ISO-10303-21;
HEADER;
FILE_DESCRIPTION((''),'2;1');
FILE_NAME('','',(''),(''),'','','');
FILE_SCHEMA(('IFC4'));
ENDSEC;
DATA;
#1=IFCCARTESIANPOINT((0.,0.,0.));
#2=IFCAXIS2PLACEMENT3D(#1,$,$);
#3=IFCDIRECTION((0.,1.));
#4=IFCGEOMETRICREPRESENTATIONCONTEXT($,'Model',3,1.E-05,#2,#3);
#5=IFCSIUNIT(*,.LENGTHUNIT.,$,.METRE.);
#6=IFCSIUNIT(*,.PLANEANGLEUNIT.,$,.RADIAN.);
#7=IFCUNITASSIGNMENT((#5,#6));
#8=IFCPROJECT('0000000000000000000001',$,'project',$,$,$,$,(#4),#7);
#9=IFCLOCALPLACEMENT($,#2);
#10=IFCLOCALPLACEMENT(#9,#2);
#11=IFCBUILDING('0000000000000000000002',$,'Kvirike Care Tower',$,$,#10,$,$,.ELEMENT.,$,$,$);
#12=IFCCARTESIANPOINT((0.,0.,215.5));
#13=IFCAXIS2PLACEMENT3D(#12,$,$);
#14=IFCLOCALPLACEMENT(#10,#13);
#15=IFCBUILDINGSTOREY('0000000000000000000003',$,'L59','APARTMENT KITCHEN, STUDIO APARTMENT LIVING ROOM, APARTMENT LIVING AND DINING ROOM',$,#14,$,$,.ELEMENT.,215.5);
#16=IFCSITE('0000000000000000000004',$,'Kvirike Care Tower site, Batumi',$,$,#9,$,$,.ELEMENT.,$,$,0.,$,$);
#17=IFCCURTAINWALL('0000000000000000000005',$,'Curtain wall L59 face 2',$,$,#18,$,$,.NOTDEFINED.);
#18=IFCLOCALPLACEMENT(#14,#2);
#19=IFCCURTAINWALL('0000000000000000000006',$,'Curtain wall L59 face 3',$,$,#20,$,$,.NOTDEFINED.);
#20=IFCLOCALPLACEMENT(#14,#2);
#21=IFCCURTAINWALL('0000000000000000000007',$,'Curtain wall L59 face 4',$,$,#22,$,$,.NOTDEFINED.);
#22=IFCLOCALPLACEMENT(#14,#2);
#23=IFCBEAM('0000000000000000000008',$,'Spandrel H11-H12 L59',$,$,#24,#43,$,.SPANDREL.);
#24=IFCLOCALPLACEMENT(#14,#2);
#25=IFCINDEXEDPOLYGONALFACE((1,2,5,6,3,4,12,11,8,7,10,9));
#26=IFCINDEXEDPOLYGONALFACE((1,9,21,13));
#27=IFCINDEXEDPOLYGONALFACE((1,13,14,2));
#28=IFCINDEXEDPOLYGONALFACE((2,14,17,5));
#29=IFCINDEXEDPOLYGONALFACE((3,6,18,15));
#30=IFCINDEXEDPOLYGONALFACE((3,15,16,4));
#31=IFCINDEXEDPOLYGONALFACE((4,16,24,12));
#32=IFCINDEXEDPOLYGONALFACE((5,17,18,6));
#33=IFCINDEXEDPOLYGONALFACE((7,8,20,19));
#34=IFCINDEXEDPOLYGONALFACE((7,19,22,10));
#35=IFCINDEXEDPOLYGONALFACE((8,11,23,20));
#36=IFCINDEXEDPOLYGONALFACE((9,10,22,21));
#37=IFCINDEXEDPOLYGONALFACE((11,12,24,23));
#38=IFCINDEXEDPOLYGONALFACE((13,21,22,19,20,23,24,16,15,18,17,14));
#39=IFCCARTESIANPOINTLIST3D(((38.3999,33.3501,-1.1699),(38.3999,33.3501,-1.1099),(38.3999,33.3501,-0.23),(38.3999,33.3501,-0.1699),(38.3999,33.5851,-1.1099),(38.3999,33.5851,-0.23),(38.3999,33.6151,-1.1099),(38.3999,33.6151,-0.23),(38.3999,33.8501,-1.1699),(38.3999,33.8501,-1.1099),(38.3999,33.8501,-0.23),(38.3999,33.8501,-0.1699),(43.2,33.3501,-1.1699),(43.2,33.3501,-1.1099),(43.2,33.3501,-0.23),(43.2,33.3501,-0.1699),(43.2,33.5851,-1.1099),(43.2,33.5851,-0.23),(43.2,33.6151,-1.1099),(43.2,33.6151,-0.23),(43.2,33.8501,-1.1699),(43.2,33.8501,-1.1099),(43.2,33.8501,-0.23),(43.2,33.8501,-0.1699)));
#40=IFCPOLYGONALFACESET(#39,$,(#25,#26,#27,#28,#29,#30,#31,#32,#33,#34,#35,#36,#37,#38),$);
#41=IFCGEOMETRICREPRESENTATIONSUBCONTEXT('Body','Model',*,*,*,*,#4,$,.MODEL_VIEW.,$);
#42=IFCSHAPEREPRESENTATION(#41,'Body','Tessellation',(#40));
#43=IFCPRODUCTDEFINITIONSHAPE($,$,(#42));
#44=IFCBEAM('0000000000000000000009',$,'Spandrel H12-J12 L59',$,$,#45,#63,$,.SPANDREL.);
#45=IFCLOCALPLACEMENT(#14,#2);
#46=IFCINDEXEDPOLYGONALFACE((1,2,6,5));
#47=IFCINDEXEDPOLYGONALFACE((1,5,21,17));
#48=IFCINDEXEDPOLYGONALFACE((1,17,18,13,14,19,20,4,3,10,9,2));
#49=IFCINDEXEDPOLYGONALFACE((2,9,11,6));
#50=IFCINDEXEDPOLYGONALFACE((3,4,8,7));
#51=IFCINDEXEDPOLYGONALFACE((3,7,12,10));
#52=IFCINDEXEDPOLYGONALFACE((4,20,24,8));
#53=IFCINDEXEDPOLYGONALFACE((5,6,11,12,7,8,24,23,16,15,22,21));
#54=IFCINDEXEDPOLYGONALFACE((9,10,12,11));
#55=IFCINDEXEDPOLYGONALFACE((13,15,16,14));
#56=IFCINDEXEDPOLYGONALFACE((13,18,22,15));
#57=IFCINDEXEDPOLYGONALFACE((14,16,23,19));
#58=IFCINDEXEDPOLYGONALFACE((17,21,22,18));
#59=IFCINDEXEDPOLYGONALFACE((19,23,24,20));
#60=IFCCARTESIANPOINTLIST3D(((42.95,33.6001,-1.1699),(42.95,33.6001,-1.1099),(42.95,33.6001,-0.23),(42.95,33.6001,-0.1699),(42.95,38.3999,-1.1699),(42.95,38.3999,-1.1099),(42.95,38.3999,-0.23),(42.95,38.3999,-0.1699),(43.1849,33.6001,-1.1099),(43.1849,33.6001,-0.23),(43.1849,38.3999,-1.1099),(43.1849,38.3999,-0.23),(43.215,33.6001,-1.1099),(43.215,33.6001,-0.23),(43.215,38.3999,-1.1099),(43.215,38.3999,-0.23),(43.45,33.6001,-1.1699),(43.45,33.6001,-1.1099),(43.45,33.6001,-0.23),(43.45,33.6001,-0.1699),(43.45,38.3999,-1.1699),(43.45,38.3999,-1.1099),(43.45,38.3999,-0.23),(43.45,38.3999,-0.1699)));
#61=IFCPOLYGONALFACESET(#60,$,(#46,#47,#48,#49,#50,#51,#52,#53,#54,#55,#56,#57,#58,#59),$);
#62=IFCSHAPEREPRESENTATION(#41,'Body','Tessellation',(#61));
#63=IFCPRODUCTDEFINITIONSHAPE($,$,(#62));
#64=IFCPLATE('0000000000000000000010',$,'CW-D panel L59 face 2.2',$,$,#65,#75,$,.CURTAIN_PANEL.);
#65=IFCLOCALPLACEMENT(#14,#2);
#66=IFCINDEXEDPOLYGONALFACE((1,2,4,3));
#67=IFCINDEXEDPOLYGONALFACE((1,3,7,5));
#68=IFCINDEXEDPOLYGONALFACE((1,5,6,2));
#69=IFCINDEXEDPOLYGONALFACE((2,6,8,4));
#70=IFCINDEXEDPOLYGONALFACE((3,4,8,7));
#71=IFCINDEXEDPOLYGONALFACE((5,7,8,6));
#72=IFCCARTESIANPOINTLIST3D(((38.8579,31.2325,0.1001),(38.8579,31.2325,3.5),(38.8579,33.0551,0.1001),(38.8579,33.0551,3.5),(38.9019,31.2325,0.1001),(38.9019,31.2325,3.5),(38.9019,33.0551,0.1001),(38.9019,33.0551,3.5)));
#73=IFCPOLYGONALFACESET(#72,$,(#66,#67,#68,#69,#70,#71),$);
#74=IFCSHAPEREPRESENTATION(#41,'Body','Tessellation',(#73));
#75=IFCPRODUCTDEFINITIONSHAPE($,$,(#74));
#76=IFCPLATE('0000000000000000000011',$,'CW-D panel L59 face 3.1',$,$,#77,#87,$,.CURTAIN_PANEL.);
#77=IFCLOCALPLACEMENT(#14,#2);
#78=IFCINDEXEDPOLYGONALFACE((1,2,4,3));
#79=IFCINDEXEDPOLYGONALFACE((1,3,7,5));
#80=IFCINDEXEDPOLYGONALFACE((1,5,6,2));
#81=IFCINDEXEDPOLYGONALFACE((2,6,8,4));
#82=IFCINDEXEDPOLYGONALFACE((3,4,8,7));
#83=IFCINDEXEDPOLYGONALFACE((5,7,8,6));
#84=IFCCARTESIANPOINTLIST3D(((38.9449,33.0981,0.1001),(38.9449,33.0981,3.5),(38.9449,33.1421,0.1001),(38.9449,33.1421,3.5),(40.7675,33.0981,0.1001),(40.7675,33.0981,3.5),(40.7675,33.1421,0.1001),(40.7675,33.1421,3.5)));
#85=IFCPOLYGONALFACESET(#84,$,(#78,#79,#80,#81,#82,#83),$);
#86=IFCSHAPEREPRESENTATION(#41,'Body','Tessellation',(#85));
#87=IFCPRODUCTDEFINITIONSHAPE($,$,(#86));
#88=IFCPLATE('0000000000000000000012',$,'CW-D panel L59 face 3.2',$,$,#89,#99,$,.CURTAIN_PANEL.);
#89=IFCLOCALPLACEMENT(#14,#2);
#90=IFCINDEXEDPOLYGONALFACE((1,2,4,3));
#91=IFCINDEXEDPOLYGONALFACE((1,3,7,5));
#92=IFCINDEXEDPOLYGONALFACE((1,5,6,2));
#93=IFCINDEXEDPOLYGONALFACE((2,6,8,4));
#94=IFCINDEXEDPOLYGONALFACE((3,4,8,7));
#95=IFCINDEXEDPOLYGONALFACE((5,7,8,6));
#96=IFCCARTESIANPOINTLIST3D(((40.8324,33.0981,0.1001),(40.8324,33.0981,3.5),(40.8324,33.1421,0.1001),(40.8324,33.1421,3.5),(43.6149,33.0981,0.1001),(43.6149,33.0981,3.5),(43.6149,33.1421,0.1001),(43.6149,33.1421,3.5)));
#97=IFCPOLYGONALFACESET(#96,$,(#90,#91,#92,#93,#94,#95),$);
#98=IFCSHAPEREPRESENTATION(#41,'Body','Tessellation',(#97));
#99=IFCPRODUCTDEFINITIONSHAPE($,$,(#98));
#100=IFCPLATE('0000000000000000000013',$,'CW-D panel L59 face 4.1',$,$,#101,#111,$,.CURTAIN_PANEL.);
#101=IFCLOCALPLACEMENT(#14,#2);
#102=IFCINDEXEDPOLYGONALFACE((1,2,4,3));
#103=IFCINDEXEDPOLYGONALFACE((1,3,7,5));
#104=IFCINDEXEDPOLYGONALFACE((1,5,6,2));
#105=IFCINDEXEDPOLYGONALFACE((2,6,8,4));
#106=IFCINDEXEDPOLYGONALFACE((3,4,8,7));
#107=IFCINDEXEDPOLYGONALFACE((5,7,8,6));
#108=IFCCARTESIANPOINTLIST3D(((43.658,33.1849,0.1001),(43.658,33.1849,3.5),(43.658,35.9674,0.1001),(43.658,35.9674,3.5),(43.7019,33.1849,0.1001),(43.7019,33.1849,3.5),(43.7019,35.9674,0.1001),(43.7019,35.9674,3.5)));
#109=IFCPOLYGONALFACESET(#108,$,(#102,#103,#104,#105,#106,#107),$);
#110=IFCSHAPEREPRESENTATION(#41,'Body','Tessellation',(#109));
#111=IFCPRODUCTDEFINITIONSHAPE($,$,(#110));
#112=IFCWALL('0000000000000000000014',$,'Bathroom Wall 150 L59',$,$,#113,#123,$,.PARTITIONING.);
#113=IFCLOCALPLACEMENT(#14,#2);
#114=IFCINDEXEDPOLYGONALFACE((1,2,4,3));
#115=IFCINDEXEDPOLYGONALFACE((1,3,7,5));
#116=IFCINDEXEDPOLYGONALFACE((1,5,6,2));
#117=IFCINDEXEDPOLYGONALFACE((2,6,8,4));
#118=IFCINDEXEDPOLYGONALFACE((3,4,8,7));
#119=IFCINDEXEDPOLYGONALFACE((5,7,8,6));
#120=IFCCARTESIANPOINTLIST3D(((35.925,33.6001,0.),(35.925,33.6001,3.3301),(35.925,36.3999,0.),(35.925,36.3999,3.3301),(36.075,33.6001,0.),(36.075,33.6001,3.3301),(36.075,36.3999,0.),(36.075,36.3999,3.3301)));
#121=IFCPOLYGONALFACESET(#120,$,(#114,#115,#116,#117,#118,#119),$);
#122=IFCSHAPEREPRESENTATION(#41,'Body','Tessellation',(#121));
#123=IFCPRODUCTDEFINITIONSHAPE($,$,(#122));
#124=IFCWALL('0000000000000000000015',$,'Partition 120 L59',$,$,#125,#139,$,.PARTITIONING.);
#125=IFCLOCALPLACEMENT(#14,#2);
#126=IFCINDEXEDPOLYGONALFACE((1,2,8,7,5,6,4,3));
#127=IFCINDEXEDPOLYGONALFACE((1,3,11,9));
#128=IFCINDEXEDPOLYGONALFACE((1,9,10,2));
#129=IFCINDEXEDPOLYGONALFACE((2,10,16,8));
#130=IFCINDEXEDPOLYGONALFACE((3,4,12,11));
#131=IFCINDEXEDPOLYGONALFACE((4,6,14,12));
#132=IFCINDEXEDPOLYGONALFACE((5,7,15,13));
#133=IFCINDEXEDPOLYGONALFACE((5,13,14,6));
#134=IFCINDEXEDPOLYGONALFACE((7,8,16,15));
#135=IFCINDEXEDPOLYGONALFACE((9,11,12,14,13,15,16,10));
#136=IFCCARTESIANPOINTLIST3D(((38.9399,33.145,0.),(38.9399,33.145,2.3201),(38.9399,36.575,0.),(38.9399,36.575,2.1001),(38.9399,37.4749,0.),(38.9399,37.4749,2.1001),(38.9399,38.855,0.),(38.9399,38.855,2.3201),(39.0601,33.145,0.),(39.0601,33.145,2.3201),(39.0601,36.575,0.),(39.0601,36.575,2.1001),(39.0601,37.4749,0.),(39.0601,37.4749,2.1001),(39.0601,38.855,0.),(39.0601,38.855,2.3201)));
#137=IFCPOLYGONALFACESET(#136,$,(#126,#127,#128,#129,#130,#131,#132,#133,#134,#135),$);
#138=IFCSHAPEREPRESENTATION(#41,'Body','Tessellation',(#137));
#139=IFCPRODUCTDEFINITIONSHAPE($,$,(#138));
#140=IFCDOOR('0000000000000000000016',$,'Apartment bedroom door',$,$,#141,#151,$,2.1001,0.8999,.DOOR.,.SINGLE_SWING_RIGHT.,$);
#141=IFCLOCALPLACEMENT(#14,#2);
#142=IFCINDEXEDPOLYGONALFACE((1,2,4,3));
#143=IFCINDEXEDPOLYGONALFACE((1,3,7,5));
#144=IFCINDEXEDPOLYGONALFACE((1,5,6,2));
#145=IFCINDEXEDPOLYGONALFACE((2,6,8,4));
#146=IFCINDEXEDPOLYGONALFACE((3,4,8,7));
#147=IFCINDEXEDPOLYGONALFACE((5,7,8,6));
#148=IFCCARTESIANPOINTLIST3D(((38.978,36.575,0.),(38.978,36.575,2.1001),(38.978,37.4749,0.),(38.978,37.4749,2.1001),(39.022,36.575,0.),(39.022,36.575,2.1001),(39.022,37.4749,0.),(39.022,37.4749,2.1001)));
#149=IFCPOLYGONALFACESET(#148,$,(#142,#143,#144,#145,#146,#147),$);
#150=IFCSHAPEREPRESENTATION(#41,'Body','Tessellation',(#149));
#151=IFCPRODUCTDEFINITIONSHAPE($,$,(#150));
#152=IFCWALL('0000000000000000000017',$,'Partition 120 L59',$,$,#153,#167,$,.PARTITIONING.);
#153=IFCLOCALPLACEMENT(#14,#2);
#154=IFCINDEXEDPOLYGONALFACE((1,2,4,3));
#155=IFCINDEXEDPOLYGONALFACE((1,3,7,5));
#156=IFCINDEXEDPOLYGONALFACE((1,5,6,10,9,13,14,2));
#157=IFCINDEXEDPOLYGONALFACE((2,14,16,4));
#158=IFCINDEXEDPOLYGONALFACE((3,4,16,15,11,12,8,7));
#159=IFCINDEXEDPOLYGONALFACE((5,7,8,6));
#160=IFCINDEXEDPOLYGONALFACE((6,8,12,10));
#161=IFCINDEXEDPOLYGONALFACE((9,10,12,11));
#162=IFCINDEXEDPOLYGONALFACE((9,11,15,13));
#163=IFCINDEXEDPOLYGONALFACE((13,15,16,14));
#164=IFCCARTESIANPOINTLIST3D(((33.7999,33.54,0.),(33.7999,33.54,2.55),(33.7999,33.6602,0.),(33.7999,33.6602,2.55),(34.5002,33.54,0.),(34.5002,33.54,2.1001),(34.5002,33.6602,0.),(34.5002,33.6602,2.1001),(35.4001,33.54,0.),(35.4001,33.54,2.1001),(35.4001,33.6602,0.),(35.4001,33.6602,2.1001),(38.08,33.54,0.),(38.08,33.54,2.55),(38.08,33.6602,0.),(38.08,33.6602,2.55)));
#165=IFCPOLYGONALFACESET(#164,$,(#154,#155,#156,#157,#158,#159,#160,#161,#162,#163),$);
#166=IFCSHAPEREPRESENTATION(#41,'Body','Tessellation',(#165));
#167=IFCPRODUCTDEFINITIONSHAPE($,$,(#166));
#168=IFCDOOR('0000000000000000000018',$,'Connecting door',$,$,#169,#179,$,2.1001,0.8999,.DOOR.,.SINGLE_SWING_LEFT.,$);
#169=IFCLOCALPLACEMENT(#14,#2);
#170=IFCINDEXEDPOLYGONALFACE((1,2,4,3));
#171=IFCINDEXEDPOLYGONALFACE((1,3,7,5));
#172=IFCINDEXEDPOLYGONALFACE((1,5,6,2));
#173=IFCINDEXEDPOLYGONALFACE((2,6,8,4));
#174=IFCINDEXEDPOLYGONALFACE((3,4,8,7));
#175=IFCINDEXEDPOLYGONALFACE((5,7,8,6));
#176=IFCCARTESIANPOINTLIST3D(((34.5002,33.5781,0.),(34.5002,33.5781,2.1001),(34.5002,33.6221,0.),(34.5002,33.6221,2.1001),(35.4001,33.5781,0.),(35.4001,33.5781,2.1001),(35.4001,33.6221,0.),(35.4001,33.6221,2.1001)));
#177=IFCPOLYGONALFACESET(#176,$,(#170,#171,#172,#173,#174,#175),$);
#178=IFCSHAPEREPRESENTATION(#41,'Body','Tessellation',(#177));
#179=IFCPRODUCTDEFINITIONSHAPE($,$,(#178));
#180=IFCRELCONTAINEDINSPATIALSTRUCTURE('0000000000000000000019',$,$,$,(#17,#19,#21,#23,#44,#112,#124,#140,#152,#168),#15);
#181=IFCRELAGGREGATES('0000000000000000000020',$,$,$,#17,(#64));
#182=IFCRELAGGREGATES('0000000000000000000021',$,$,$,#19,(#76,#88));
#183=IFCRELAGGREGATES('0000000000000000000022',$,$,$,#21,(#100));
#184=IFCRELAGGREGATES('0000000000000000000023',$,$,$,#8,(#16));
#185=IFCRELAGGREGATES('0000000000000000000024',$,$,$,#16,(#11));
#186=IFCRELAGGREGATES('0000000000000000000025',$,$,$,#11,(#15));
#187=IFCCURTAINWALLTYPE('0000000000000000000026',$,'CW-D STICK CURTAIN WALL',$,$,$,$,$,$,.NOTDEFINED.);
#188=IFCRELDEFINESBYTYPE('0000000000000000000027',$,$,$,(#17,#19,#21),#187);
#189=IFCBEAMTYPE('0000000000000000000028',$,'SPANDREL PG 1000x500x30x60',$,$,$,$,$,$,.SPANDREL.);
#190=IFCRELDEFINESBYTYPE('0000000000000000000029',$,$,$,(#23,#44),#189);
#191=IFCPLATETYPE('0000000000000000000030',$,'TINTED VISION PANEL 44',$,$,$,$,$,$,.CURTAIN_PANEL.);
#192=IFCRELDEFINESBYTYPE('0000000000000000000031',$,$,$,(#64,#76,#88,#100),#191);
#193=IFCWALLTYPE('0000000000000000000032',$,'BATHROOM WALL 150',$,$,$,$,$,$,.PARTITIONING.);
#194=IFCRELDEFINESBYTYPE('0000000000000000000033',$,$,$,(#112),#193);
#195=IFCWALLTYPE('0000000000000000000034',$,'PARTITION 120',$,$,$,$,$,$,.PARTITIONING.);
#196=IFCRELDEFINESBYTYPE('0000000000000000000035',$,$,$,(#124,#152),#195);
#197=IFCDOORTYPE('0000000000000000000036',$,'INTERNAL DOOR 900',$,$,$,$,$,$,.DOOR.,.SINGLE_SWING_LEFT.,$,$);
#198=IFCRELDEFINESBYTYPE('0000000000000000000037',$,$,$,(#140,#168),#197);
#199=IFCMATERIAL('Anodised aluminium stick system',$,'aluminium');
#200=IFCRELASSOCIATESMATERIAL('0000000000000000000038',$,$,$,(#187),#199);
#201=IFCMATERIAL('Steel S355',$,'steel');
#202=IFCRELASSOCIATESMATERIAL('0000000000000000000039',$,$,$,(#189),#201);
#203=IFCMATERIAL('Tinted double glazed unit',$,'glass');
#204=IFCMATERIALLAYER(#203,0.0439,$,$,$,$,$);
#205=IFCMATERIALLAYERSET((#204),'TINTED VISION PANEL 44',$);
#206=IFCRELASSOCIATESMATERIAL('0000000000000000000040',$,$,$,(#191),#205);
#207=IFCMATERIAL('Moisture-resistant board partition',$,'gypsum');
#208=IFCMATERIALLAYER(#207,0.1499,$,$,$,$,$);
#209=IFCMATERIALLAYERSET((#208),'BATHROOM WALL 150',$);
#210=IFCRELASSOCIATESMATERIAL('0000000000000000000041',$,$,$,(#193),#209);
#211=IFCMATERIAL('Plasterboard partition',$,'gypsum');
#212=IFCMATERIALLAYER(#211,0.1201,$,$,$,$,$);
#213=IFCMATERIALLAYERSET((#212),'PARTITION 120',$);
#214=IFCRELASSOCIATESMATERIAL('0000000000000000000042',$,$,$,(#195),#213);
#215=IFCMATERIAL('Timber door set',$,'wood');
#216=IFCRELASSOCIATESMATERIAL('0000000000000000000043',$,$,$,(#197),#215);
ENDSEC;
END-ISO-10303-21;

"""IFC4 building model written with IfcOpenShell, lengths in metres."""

from ifc_helpers import new_model, si_unit, direction, frame, frame_2d, origin, origin_2d, place, context, subcontext, project, spatial, rectangle, i_section, extrude, material, layer, layer_set, material_profile, profile_set, type_object, element, fill, aggregate, save


model = new_model("IFC4")

# Units and contexts
model_context = context("Model", 3, precision=1e-05, world=origin(), true_north=direction((0.0, 1.0)))
body_context = subcontext(model_context, "Body", "Model", "MODEL_VIEW")
ifc_project = project(units=[si_unit("LENGTHUNIT", "METRE"), si_unit("PLANEANGLEUNIT", "RADIAN")], contexts=[model_context])

# Site, building, storey
site_placement = place(None, origin())
site = spatial("IfcSite", under=ifc_project, at=site_placement, Name="Kvirike Care Tower site, Batumi", CompositionType="ELEMENT", RefElevation=0.0)
building_placement = place(site_placement, origin())
building = spatial("IfcBuilding", under=site, at=building_placement, Name="Kvirike Care Tower", CompositionType="ELEMENT")
storey_placement = place(building_placement, frame((0.0, 0.0, 215.5)))
storey = spatial("IfcBuildingStorey", under=building, at=storey_placement, Name="L59", Description="APARTMENT KITCHEN, STUDIO APARTMENT LIVING ROOM, APARTMENT LIVING AND DINING ROOM", CompositionType="ELEMENT", Elevation=215.5)

# Curtain wall
ifc_material_1 = material(Name="Anodised aluminium stick system", Category="aluminium")
curtain_wall_type = type_object("IfcCurtainWallType", Name="CW-D STICK CURTAIN WALL", PredefinedType="NOTDEFINED", material=ifc_material_1)
curtain_wall_1_placement = place(storey_placement, origin())
curtain_wall_1 = element("IfcCurtainWall", 1, at=curtain_wall_1_placement, inside=storey, type_object=curtain_wall_type, Name="Curtain wall L59 face 2", PredefinedType="NOTDEFINED")

# Curtain walls
curtain_wall_2_placement = place(storey_placement, origin())
curtain_wall_2 = element("IfcCurtainWall", 2, at=curtain_wall_2_placement, inside=storey, type_object=curtain_wall_type, Name="Curtain wall L59 face 3", PredefinedType="NOTDEFINED")
curtain_wall_3_placement = place(storey_placement, origin())
curtain_wall_3 = element("IfcCurtainWall", 3, at=curtain_wall_3_placement, inside=storey, type_object=curtain_wall_type, Name="Curtain wall L59 face 4", PredefinedType="NOTDEFINED")

# Beams
ifc_material_2 = material(Name="Steel S355", Category="steel")
ifc_material_profile_1 = material_profile(ifc_material_2, i_section(OverallWidth=0.5, OverallDepth=1.0, WebThickness=0.03, FlangeThickness=0.0601, at=origin_2d()), Name="PG 1000x500x30x60")
ifc_profile_set_1 = profile_set([ifc_material_profile_1], Name="Steel S355")
beam_type = type_object("IfcBeamType", Name="SPANDREL PG 1000x500x30x60", PredefinedType="SPANDREL", material=ifc_profile_set_1)
beam_1_placement = place(storey_placement, frame((38.3999, 33.6001, -0.6699), z_axis=(1.0, 0.0, 0.0), x_axis=(0.0, 1.0, 0.0)))
element("IfcBeam", 4, at=beam_1_placement, inside=storey, type_object=beam_type, Name="Spandrel H11-H12 L59", PredefinedType="SPANDREL", context=body_context, shape_type="SweptSolid", body=[
    extrude(i_section(OverallWidth=0.5, OverallDepth=1.0, WebThickness=0.03, FlangeThickness=0.0601, at=origin_2d()), origin(), (0.0, 0.0, 1.0), 4.8),
])
beam_2_placement = place(storey_placement, frame((43.2, 33.6001, -0.6699), z_axis=(0.0, 1.0, 0.0), x_axis=(-1.0, 0.0, 0.0)))
element("IfcBeam", 5, at=beam_2_placement, inside=storey, type_object=beam_type, Name="Spandrel H12-J12 L59", PredefinedType="SPANDREL", context=body_context, shape_type="SweptSolid", body=[
    extrude(i_section(OverallWidth=0.5, OverallDepth=1.0, WebThickness=0.03, FlangeThickness=0.0601, at=origin_2d()), origin(), (0.0, 0.0, 1.0), 4.7998),
])

# Plates
ifc_material_3 = material(Name="Tinted double glazed unit", Category="glass")
ifc_layer_1 = layer(ifc_material_3, 0.0439)
ifc_layer_set_1 = layer_set([ifc_layer_1], Name="TINTED VISION PANEL 44")
plate_type = type_object("IfcPlateType", Name="TINTED VISION PANEL 44", PredefinedType="CURTAIN_PANEL", material=ifc_layer_set_1)
plate_1_placement = place(storey_placement, frame((38.8799, 32.1438, 0.1001), z_axis=(0.0, 0.0, 1.0), x_axis=(0.0, 1.0, 0.0)))
plate_1 = element("IfcPlate", 6, at=plate_1_placement, type_object=plate_type, Name="CW-D panel L59 face 2.2", PredefinedType="CURTAIN_PANEL", context=body_context, shape_type="SweptSolid", body=[
    extrude(rectangle(XDim=1.8225, YDim=0.0439, at=origin_2d()), origin(), (0.0, 0.0, 1.0), 3.3999),
])
aggregate(curtain_wall_1, [plate_1])
plate_2_placement = place(storey_placement, frame((39.8562, 33.1201, 0.1001), z_axis=(0.0, 0.0, 1.0), x_axis=(1.0, 0.0, 0.0)))
plate_2 = element("IfcPlate", 7, at=plate_2_placement, type_object=plate_type, Name="CW-D panel L59 face 3.1", PredefinedType="CURTAIN_PANEL", context=body_context, shape_type="SweptSolid", body=[
    extrude(rectangle(XDim=1.8225, YDim=0.0439, at=origin_2d()), origin(), (0.0, 0.0, 1.0), 3.3999),
])
plate_3_placement = place(storey_placement, frame((42.2236, 33.1201, 0.1001), z_axis=(0.0, 0.0, 1.0), x_axis=(1.0, 0.0, 0.0)))
plate_3 = element("IfcPlate", 8, at=plate_3_placement, type_object=plate_type, Name="CW-D panel L59 face 3.2", PredefinedType="CURTAIN_PANEL", context=body_context, shape_type="SweptSolid", body=[
    extrude(rectangle(XDim=2.7825, YDim=0.0439, at=origin_2d()), origin(), (0.0, 0.0, 1.0), 3.3999),
])
aggregate(curtain_wall_2, [plate_2, plate_3])
plate_4_placement = place(storey_placement, frame((43.6799, 34.5762, 0.1001), z_axis=(0.0, 0.0, 1.0), x_axis=(0.0, 1.0, 0.0)))
plate_4 = element("IfcPlate", 9, at=plate_4_placement, type_object=plate_type, Name="CW-D panel L59 face 4.1", PredefinedType="CURTAIN_PANEL", context=body_context, shape_type="SweptSolid", body=[
    extrude(rectangle(XDim=2.7825, YDim=0.0439, at=origin_2d()), origin(), (0.0, 0.0, 1.0), 3.3999),
])
aggregate(curtain_wall_3, [plate_4])

# Wall
ifc_material_4 = material(Name="Moisture-resistant board partition", Category="gypsum")
ifc_layer_2 = layer(ifc_material_4, 0.1499)
ifc_layer_set_2 = layer_set([ifc_layer_2], Name="BATHROOM WALL 150")
wall_type_1 = type_object("IfcWallType", Name="BATHROOM WALL 150", PredefinedType="PARTITIONING", material=ifc_layer_set_2)
wall_1_placement = place(storey_placement, frame((36.0, 33.6001, 0.0), z_axis=(0.0, 0.0, 1.0), x_axis=(0.0, 1.0, 0.0)))
element("IfcWall", 10, at=wall_1_placement, inside=storey, type_object=wall_type_1, Name="Bathroom Wall 150 L59", PredefinedType="PARTITIONING", context=body_context, shape_type="SweptSolid", body=[
    extrude(rectangle(XDim=2.7998, YDim=0.1499, at=frame_2d((1.3999, 0.0))), origin(), (0.0, 0.0, 1.0), 3.3301),
])

# Walls, openings, doors
ifc_material_5 = material(Name="Plasterboard partition", Category="gypsum")
ifc_layer_3 = layer(ifc_material_5, 0.1201)
ifc_layer_set_3 = layer_set([ifc_layer_3], Name="PARTITION 120")
wall_type_2 = type_object("IfcWallType", Name="PARTITION 120", PredefinedType="PARTITIONING", material=ifc_layer_set_3)
wall_2_placement = place(storey_placement, frame((39.0, 33.145, 0.0), z_axis=(0.0, 0.0, 1.0), x_axis=(0.0, 1.0, 0.0)))
wall_2 = element("IfcWall", 11, at=wall_2_placement, inside=storey, type_object=wall_type_2, Name="Partition 120 L59", PredefinedType="PARTITIONING", context=body_context, shape_type="SweptSolid", body=[
    extrude(rectangle(XDim=5.71, YDim=0.1201, at=frame_2d((2.855, 0.0))), origin(), (0.0, 0.0, 1.0), 2.3201),
])
opening_1_placement = place(wall_2_placement, frame((3.4299, 0.0, 0.0)))
opening_1 = element("IfcOpeningElement", 12, at=opening_1_placement, cuts=wall_2, PredefinedType="OPENING", context=body_context, shape_type="SweptSolid", body=[
    extrude(rectangle(XDim=0.8999, YDim=2.1001, at=frame_2d((0.45, 1.05))), frame((0.0, 0.0706, 0.0), z_axis=(0.0, -1.0, 0.0), x_axis=(1.0, 0.0, 0.0)), (0.0, 0.0, 1.0), 0.1411),
])
ifc_material_6 = material(Name="Timber door set", Category="wood")
door_type = type_object("IfcDoorType", Name="INTERNAL DOOR 900", OperationType="SINGLE_SWING_LEFT", PredefinedType="DOOR", material=ifc_material_6)
door_1_placement = place(opening_1_placement, frame((0.8999, 0.0, 0.0), z_axis=(0.0, 0.0, 1.0), x_axis=(-1.0, 0.0, 0.0)))
door_1 = element("IfcDoor", 13, at=door_1_placement, inside=storey, type_object=door_type, Name="Apartment bedroom door", OperationType="SINGLE_SWING_RIGHT", OverallHeight=2.1001, OverallWidth=0.8999, PredefinedType="DOOR", context=body_context, shape_type="SweptSolid", body=[
    extrude(rectangle(XDim=0.8999, YDim=2.1001, at=frame_2d((0.45, 1.05))), frame((0.0, 0.022, 0.0), z_axis=(0.0, -1.0, 0.0), x_axis=(1.0, 0.0, 0.0)), (0.0, 0.0, 1.0), 0.0439),
])
fill(opening_1, door_1)
wall_3_placement = place(storey_placement, frame((38.0801, 33.6001, 0.0), z_axis=(0.0, 0.0, 1.0), x_axis=(-1.0, 0.0, 0.0)))
wall_3 = element("IfcWall", 14, at=wall_3_placement, inside=storey, type_object=wall_type_2, Name="Partition 120 L59", PredefinedType="PARTITIONING", context=body_context, shape_type="SweptSolid", body=[
    extrude(rectangle(XDim=4.28, YDim=0.1201, at=frame_2d((2.1401, 0.0))), origin(), (0.0, 0.0, 1.0), 2.55),
])
opening_2_placement = place(wall_3_placement, frame((2.6799, 0.0, 0.0)))
opening_2 = element("IfcOpeningElement", 15, at=opening_2_placement, cuts=wall_3, PredefinedType="OPENING", context=body_context, shape_type="SweptSolid", body=[
    extrude(rectangle(XDim=0.8999, YDim=2.1001, at=frame_2d((0.45, 1.05))), frame((0.0, 0.0706, 0.0), z_axis=(0.0, -1.0, 0.0), x_axis=(1.0, 0.0, 0.0)), (0.0, 0.0, 1.0), 0.1411),
])
door_2_placement = place(opening_2_placement, origin())
door_2 = element("IfcDoor", 16, at=door_2_placement, inside=storey, type_object=door_type, Name="Connecting door", OperationType="SINGLE_SWING_LEFT", OverallHeight=2.1001, OverallWidth=0.8999, PredefinedType="DOOR", context=body_context, shape_type="SweptSolid", body=[
    extrude(rectangle(XDim=0.8999, YDim=2.1001, at=frame_2d((0.45, 1.05))), frame((0.0, 0.022, 0.0), z_axis=(0.0, -1.0, 0.0), x_axis=(1.0, 0.0, 0.0)), (0.0, 0.0, 1.0), 0.0439),
])
fill(opening_2, door_2)

save(model, "model.ifc")
